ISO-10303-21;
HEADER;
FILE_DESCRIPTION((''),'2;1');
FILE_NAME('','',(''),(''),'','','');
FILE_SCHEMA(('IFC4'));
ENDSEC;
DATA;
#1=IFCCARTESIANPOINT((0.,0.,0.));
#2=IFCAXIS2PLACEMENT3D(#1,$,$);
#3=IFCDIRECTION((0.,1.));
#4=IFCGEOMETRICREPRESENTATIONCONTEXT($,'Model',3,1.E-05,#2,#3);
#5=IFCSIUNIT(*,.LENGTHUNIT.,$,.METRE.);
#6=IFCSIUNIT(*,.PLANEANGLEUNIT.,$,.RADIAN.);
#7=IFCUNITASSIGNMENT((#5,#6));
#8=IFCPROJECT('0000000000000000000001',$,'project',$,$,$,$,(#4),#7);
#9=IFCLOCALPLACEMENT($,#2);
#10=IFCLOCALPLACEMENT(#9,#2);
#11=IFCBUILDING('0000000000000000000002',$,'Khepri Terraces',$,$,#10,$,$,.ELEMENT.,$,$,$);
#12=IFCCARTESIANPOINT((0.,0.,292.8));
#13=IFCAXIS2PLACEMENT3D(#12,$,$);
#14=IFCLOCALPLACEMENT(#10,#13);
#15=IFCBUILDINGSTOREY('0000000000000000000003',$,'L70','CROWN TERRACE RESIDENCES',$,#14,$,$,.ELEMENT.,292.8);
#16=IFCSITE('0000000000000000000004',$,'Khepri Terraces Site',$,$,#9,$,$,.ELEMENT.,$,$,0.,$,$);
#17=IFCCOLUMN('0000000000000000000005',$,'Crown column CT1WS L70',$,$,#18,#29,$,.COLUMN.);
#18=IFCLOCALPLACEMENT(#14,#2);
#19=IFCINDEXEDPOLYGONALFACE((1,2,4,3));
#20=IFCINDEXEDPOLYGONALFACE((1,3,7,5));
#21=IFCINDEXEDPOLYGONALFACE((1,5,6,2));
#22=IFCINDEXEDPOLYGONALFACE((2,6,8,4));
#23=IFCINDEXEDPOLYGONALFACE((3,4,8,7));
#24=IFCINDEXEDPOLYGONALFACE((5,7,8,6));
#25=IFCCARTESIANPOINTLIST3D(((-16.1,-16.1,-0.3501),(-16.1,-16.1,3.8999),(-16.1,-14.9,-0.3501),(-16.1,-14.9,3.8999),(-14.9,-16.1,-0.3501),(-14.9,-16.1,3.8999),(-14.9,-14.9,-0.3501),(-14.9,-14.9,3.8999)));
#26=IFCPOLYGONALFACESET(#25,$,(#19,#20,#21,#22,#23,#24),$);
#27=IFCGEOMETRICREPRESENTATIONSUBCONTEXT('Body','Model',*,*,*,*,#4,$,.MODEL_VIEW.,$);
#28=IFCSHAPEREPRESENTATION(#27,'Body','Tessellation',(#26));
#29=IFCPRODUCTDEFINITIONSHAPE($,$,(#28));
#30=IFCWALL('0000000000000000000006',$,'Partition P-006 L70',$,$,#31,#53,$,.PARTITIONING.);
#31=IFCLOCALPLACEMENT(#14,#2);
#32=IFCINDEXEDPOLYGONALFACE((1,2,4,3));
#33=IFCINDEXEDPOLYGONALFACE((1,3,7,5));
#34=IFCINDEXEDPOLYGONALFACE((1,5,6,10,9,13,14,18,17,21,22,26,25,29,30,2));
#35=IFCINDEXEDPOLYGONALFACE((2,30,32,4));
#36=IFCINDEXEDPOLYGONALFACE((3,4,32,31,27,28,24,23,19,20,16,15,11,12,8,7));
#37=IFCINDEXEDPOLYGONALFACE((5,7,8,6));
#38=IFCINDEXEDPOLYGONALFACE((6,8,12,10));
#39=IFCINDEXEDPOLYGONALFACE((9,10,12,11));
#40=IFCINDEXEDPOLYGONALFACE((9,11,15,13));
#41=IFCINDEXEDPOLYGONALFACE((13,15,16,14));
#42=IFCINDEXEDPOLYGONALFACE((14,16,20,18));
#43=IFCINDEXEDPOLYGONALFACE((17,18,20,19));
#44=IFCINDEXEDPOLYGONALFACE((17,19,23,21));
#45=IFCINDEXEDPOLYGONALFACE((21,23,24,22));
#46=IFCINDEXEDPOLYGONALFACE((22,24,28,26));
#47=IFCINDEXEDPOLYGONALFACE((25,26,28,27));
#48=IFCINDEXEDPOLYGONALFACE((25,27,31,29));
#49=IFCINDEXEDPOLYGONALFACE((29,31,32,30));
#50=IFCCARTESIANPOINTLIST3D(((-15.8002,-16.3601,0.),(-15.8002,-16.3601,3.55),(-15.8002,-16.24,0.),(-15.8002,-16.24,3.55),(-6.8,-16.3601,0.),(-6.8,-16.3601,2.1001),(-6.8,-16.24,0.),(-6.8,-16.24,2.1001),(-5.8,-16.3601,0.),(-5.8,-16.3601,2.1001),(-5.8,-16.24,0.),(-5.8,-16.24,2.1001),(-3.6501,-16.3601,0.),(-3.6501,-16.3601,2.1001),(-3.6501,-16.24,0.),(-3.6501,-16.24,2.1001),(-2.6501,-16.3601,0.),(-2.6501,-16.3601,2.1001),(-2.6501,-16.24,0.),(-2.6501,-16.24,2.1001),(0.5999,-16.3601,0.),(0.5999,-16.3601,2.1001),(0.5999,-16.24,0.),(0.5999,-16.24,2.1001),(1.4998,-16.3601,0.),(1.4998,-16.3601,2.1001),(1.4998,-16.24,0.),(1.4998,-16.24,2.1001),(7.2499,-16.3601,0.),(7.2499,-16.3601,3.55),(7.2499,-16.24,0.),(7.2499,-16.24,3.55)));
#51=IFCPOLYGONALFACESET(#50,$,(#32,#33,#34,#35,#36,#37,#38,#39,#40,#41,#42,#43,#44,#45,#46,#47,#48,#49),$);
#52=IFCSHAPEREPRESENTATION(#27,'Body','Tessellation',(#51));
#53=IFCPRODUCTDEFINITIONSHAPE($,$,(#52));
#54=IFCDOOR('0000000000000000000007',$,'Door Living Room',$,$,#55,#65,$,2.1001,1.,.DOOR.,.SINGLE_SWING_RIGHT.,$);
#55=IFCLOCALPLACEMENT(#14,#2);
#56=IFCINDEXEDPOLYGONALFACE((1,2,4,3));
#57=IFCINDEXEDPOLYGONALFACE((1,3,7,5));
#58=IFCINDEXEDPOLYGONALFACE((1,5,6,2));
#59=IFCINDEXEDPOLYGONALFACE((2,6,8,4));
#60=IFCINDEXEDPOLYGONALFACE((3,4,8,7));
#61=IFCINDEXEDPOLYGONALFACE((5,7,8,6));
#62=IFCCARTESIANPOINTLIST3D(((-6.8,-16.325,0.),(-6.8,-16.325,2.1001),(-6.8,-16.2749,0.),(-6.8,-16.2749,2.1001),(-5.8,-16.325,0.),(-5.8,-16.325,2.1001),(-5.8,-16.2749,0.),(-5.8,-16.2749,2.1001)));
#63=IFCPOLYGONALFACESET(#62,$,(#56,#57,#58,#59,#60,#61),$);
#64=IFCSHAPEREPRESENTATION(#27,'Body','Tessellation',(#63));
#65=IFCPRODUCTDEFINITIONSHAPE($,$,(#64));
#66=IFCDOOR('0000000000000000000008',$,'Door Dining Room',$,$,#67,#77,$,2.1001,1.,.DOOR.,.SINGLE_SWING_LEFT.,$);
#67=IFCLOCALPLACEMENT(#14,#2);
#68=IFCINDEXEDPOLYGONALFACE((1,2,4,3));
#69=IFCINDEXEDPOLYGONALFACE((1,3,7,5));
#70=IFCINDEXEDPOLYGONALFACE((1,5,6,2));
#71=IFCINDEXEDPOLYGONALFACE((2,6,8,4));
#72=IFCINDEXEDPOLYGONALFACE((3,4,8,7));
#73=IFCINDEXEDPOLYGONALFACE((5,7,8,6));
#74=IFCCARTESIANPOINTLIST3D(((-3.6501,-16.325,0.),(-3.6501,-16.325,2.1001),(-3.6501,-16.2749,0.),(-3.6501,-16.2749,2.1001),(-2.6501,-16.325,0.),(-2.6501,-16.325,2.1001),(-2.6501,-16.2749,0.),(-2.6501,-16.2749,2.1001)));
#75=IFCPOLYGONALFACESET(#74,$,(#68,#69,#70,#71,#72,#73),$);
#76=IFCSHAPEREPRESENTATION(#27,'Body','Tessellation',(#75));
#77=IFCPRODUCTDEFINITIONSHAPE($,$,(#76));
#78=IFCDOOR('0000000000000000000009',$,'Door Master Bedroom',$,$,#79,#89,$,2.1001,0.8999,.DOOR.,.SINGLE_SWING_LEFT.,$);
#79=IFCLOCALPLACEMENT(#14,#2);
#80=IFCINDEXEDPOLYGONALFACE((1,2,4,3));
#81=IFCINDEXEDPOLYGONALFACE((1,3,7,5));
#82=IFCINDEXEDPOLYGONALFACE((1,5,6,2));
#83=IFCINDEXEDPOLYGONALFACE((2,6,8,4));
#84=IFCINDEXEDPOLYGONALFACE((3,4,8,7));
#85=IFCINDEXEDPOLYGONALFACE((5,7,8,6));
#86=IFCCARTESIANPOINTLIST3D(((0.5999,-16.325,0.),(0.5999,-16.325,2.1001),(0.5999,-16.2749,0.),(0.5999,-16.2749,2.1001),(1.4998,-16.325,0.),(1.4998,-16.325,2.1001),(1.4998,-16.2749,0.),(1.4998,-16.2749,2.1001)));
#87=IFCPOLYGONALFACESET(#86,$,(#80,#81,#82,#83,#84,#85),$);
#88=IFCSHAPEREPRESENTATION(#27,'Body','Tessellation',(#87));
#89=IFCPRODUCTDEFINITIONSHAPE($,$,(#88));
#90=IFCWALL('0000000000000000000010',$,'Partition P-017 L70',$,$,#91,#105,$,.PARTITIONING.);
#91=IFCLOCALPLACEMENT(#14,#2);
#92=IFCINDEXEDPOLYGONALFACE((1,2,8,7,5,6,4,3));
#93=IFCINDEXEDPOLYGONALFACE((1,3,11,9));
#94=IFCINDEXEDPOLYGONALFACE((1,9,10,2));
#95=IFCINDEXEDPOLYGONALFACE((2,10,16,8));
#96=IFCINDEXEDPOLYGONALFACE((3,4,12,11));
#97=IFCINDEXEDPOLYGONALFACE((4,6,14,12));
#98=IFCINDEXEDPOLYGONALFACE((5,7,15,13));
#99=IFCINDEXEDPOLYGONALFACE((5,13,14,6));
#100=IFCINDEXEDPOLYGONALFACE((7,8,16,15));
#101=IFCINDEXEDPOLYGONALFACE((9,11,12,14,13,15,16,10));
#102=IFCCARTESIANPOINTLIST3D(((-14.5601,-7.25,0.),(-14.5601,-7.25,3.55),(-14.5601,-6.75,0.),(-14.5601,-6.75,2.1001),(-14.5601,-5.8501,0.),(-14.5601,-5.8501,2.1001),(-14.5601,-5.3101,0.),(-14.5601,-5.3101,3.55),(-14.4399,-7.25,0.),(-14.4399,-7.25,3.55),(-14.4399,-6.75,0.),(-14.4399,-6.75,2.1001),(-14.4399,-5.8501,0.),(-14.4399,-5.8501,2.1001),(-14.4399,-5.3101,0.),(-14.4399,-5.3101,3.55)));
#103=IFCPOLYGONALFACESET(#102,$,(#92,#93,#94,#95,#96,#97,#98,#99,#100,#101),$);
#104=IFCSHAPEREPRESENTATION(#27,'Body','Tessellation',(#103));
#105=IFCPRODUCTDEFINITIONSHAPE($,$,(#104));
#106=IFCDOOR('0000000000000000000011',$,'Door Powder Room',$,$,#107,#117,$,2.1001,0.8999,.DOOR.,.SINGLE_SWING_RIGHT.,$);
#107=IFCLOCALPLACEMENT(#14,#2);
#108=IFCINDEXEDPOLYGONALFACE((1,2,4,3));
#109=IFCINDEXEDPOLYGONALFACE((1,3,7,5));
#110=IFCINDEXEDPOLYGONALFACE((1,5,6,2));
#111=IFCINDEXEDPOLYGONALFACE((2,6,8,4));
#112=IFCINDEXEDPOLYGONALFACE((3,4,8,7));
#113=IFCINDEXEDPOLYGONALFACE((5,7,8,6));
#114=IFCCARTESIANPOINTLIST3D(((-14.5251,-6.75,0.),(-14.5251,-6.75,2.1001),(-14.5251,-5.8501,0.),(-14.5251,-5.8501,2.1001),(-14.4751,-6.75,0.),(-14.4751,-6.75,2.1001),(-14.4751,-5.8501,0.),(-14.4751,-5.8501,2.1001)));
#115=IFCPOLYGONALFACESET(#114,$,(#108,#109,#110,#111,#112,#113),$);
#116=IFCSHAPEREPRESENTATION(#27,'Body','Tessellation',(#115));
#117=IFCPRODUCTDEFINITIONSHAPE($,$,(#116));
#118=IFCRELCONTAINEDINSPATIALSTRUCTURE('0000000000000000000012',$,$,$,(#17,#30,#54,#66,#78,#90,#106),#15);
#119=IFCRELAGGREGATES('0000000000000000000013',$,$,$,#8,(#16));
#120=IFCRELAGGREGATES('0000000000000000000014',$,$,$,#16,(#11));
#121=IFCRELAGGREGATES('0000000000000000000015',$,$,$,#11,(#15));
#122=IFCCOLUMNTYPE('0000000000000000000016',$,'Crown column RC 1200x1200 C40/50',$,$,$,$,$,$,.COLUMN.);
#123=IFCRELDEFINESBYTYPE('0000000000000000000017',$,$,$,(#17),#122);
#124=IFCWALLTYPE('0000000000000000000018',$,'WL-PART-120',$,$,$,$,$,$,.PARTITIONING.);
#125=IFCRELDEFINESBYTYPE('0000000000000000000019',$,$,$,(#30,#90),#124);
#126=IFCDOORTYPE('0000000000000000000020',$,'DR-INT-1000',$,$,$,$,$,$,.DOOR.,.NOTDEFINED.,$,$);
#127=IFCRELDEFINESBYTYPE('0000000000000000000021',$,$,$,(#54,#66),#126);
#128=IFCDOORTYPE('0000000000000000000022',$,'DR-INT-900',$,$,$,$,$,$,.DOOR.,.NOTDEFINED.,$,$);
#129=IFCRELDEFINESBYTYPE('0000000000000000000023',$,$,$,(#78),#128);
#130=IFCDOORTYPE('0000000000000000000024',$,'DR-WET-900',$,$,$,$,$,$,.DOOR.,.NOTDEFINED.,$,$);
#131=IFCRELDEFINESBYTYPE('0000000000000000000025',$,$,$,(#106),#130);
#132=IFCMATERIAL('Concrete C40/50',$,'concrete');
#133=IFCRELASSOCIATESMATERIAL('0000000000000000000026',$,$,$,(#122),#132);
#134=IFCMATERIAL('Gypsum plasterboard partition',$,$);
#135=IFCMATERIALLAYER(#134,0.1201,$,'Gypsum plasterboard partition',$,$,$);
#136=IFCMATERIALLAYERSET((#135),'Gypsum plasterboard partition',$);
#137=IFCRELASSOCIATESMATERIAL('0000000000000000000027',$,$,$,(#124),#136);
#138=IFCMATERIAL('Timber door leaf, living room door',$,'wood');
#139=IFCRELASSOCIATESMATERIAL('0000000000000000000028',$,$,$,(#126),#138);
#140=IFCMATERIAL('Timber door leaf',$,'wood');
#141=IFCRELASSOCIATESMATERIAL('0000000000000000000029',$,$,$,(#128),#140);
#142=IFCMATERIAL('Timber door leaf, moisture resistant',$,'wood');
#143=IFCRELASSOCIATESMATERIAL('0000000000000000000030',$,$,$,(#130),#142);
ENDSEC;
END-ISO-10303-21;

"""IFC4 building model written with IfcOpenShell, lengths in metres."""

from ifc_helpers import new_model, si_unit, direction, frame, frame_2d, origin, origin_2d, place, context, subcontext, project, spatial, rectangle, extrude, material, layer, layer_set, material_profile, profile_set, type_object, element, fill, save


model = new_model("IFC4")

# Units and contexts
model_context = context("Model", 3, precision=1e-05, world=origin(), true_north=direction((0.0, 1.0)))
body_context = subcontext(model_context, "Body", "Model", "MODEL_VIEW")
ifc_project = project(units=[si_unit("LENGTHUNIT", "METRE"), si_unit("PLANEANGLEUNIT", "RADIAN")], contexts=[model_context])

# Site, building, storey
site_placement = place(None, origin())
site = spatial("IfcSite", under=ifc_project, at=site_placement, Name="Khepri Terraces Site", CompositionType="ELEMENT", RefElevation=0.0)
building_placement = place(site_placement, origin())
building = spatial("IfcBuilding", under=site, at=building_placement, Name="Khepri Terraces", CompositionType="ELEMENT")
storey_placement = place(building_placement, frame((0.0, 0.0, 292.8)))
storey = spatial("IfcBuildingStorey", under=building, at=storey_placement, Name="L70", Description="CROWN TERRACE RESIDENCES", CompositionType="ELEMENT", Elevation=292.8)

# Column
ifc_material_1 = material(Name="Concrete C40/50", Category="concrete")
ifc_material_profile = material_profile(ifc_material_1, rectangle(XDim=1.2, YDim=1.2, at=origin_2d()), Name="Concrete C40/50", Category="concrete")
ifc_profile_set = profile_set([ifc_material_profile], Name="Concrete C40/50")
column_type = type_object("IfcColumnType", Name="Crown column RC 1200x1200 C40/50", PredefinedType="COLUMN", material=ifc_profile_set)
column_placement = place(storey_placement, frame((-15.5, -15.5, -0.3501), z_axis=(0.0, 0.0, 1.0), x_axis=(1.0, 0.0, 0.0)))
element("IfcColumn", 1, at=column_placement, inside=storey, type_object=column_type, Name="Crown column CT1WS L70", PredefinedType="COLUMN", context=body_context, shape_type="SweptSolid", body=[
    extrude(rectangle(XDim=1.2, YDim=1.2, at=origin_2d()), origin(), (0.0, 0.0, 1.0), 4.25),
])

# Wall, openings, doors
ifc_material_2 = material(Name="Gypsum plasterboard partition")
ifc_layer_1 = layer(ifc_material_2, 0.1201, Name="Gypsum plasterboard partition")
ifc_layer_set_1 = layer_set([ifc_layer_1], Name="Gypsum plasterboard partition")
wall_type_1 = type_object("IfcWallType", Name="WL-PART-120", PredefinedType="PARTITIONING", material=ifc_layer_set_1)
wall_1_placement = place(storey_placement, frame((-15.8, -16.3, 0.0), z_axis=(0.0, 0.0, 1.0), x_axis=(1.0, 0.0, 0.0)))
wall_1 = element("IfcWall", 2, at=wall_1_placement, inside=storey, type_object=wall_type_1, Name="Partition P-006 L70", PredefinedType="PARTITIONING", context=body_context, shape_type="SweptSolid", body=[
    extrude(rectangle(XDim=23.05, YDim=0.1201, at=frame_2d((11.5249, 0.0))), origin(), (0.0, 0.0, 1.0), 3.55),
])
opening_1_placement = place(wall_1_placement, frame((9.0, 0.0, 0.0)))
opening_1 = element("IfcOpeningElement", 3, at=opening_1_placement, cuts=wall_1, PredefinedType="OPENING", context=body_context, shape_type="SweptSolid", body=[
    extrude(rectangle(XDim=1.0, YDim=2.1001, at=frame_2d((0.5, 1.05))), frame((0.0, 0.0701, 0.0), z_axis=(0.0, -1.0, 0.0), x_axis=(1.0, 0.0, 0.0)), (0.0, 0.0, 1.0), 0.1401),
])
opening_2_placement = place(wall_1_placement, frame((12.1499, 0.0, 0.0)))
opening_2 = element("IfcOpeningElement", 4, at=opening_2_placement, cuts=wall_1, PredefinedType="OPENING", context=body_context, shape_type="SweptSolid", body=[
    extrude(rectangle(XDim=1.0, YDim=2.1001, at=frame_2d((0.5, 1.05))), frame((0.0, 0.0701, 0.0), z_axis=(0.0, -1.0, 0.0), x_axis=(1.0, 0.0, 0.0)), (0.0, 0.0, 1.0), 0.1401),
])
opening_3_placement = place(wall_1_placement, frame((16.3999, 0.0, 0.0)))
opening_3 = element("IfcOpeningElement", 5, at=opening_3_placement, cuts=wall_1, PredefinedType="OPENING", context=body_context, shape_type="SweptSolid", body=[
    extrude(rectangle(XDim=0.8999, YDim=2.1001, at=frame_2d((0.45, 1.05))), frame((0.0, 0.0701, 0.0), z_axis=(0.0, -1.0, 0.0), x_axis=(1.0, 0.0, 0.0)), (0.0, 0.0, 1.0), 0.1401),
])
ifc_material_3 = material(Name="Timber door leaf, living room door", Category="wood")
door_type_1 = type_object("IfcDoorType", Name="DR-INT-1000", OperationType="NOTDEFINED", PredefinedType="DOOR", material=ifc_material_3)
door_1_placement = place(opening_1_placement, frame((1.0, 0.0, 0.0), z_axis=(0.0, 0.0, 1.0), x_axis=(-1.0, 0.0, 0.0)))
door_1 = element("IfcDoor", 6, at=door_1_placement, inside=storey, type_object=door_type_1, Name="Door Living Room", OperationType="SINGLE_SWING_RIGHT", OverallHeight=2.1001, OverallWidth=1.0, PredefinedType="DOOR", context=body_context, shape_type="SweptSolid", body=[
    extrude(rectangle(XDim=1.0, YDim=2.1001, at=frame_2d((0.5, 1.05))), frame((0.0, 0.0249, 0.0), z_axis=(0.0, -1.0, 0.0), x_axis=(1.0, 0.0, 0.0)), (0.0, 0.0, 1.0), 0.05),
])
fill(opening_1, door_1)
door_2_placement = place(opening_2_placement, frame((1.0, 0.0, 0.0), z_axis=(0.0, 0.0, 1.0), x_axis=(-1.0, 0.0, 0.0)))
door_2 = element("IfcDoor", 7, at=door_2_placement, inside=storey, type_object=door_type_1, Name="Door Dining Room", OperationType="SINGLE_SWING_LEFT", OverallHeight=2.1001, OverallWidth=1.0, PredefinedType="DOOR", context=body_context, shape_type="SweptSolid", body=[
    extrude(rectangle(XDim=1.0, YDim=2.1001, at=frame_2d((0.5, 1.05))), frame((0.0, 0.0249, 0.0), z_axis=(0.0, -1.0, 0.0), x_axis=(1.0, 0.0, 0.0)), (0.0, 0.0, 1.0), 0.05),
])
fill(opening_2, door_2)
ifc_material_4 = material(Name="Timber door leaf", Category="wood")
door_type_2 = type_object("IfcDoorType", Name="DR-INT-900", OperationType="NOTDEFINED", PredefinedType="DOOR", material=ifc_material_4)
door_3_placement = place(opening_3_placement, frame((0.8999, 0.0, 0.0), z_axis=(0.0, 0.0, 1.0), x_axis=(-1.0, 0.0, 0.0)))
door_3 = element("IfcDoor", 8, at=door_3_placement, inside=storey, type_object=door_type_2, Name="Door Master Bedroom", OperationType="SINGLE_SWING_LEFT", OverallHeight=2.1001, OverallWidth=0.8999, PredefinedType="DOOR", context=body_context, shape_type="SweptSolid", body=[
    extrude(rectangle(XDim=0.8999, YDim=2.1001, at=frame_2d((0.45, 1.05))), frame((0.0, 0.0249, 0.0), z_axis=(0.0, -1.0, 0.0), x_axis=(1.0, 0.0, 0.0)), (0.0, 0.0, 1.0), 0.05),
])
fill(opening_3, door_3)

# Wall, opening, door
wall_2_placement = place(storey_placement, frame((-14.5, -7.25, 0.0), z_axis=(0.0, 0.0, 1.0), x_axis=(0.0, 1.0, 0.0)))
wall_2 = element("IfcWall", 9, at=wall_2_placement, inside=storey, type_object=wall_type_1, Name="Partition P-017 L70", PredefinedType="PARTITIONING", context=body_context, shape_type="SweptSolid", body=[
    extrude(rectangle(XDim=1.9399, YDim=0.1201, at=frame_2d((0.97, 0.0))), origin(), (0.0, 0.0, 1.0), 3.55),
])
opening_4_placement = place(wall_2_placement, frame((0.5, 0.0, 0.0)))
opening_4 = element("IfcOpeningElement", 10, at=opening_4_placement, cuts=wall_2, PredefinedType="OPENING", context=body_context, shape_type="SweptSolid", body=[
    extrude(rectangle(XDim=0.8999, YDim=2.1001, at=frame_2d((0.45, 1.05))), frame((0.0, 0.0701, 0.0), z_axis=(0.0, -1.0, 0.0), x_axis=(1.0, 0.0, 0.0)), (0.0, 0.0, 1.0), 0.1401),
])
ifc_material_5 = material(Name="Timber door leaf, moisture resistant", Category="wood")
door_type_3 = type_object("IfcDoorType", Name="DR-WET-900", OperationType="NOTDEFINED", PredefinedType="DOOR", material=ifc_material_5)
door_4_placement = place(opening_4_placement, frame((0.8999, 0.0, 0.0), z_axis=(0.0, 0.0, 1.0), x_axis=(-1.0, 0.0, 0.0)))
door_4 = element("IfcDoor", 11, at=door_4_placement, inside=storey, type_object=door_type_3, Name="Door Powder Room", OperationType="SINGLE_SWING_RIGHT", OverallHeight=2.1001, OverallWidth=0.8999, PredefinedType="DOOR", context=body_context, shape_type="SweptSolid", body=[
    extrude(rectangle(XDim=0.8999, YDim=2.1001, at=frame_2d((0.45, 1.05))), frame((0.0, 0.0249, 0.0), z_axis=(0.0, -1.0, 0.0), x_axis=(1.0, 0.0, 0.0)), (0.0, 0.0, 1.0), 0.05),
])
fill(opening_4, door_4)

save(model, "model.ifc")
